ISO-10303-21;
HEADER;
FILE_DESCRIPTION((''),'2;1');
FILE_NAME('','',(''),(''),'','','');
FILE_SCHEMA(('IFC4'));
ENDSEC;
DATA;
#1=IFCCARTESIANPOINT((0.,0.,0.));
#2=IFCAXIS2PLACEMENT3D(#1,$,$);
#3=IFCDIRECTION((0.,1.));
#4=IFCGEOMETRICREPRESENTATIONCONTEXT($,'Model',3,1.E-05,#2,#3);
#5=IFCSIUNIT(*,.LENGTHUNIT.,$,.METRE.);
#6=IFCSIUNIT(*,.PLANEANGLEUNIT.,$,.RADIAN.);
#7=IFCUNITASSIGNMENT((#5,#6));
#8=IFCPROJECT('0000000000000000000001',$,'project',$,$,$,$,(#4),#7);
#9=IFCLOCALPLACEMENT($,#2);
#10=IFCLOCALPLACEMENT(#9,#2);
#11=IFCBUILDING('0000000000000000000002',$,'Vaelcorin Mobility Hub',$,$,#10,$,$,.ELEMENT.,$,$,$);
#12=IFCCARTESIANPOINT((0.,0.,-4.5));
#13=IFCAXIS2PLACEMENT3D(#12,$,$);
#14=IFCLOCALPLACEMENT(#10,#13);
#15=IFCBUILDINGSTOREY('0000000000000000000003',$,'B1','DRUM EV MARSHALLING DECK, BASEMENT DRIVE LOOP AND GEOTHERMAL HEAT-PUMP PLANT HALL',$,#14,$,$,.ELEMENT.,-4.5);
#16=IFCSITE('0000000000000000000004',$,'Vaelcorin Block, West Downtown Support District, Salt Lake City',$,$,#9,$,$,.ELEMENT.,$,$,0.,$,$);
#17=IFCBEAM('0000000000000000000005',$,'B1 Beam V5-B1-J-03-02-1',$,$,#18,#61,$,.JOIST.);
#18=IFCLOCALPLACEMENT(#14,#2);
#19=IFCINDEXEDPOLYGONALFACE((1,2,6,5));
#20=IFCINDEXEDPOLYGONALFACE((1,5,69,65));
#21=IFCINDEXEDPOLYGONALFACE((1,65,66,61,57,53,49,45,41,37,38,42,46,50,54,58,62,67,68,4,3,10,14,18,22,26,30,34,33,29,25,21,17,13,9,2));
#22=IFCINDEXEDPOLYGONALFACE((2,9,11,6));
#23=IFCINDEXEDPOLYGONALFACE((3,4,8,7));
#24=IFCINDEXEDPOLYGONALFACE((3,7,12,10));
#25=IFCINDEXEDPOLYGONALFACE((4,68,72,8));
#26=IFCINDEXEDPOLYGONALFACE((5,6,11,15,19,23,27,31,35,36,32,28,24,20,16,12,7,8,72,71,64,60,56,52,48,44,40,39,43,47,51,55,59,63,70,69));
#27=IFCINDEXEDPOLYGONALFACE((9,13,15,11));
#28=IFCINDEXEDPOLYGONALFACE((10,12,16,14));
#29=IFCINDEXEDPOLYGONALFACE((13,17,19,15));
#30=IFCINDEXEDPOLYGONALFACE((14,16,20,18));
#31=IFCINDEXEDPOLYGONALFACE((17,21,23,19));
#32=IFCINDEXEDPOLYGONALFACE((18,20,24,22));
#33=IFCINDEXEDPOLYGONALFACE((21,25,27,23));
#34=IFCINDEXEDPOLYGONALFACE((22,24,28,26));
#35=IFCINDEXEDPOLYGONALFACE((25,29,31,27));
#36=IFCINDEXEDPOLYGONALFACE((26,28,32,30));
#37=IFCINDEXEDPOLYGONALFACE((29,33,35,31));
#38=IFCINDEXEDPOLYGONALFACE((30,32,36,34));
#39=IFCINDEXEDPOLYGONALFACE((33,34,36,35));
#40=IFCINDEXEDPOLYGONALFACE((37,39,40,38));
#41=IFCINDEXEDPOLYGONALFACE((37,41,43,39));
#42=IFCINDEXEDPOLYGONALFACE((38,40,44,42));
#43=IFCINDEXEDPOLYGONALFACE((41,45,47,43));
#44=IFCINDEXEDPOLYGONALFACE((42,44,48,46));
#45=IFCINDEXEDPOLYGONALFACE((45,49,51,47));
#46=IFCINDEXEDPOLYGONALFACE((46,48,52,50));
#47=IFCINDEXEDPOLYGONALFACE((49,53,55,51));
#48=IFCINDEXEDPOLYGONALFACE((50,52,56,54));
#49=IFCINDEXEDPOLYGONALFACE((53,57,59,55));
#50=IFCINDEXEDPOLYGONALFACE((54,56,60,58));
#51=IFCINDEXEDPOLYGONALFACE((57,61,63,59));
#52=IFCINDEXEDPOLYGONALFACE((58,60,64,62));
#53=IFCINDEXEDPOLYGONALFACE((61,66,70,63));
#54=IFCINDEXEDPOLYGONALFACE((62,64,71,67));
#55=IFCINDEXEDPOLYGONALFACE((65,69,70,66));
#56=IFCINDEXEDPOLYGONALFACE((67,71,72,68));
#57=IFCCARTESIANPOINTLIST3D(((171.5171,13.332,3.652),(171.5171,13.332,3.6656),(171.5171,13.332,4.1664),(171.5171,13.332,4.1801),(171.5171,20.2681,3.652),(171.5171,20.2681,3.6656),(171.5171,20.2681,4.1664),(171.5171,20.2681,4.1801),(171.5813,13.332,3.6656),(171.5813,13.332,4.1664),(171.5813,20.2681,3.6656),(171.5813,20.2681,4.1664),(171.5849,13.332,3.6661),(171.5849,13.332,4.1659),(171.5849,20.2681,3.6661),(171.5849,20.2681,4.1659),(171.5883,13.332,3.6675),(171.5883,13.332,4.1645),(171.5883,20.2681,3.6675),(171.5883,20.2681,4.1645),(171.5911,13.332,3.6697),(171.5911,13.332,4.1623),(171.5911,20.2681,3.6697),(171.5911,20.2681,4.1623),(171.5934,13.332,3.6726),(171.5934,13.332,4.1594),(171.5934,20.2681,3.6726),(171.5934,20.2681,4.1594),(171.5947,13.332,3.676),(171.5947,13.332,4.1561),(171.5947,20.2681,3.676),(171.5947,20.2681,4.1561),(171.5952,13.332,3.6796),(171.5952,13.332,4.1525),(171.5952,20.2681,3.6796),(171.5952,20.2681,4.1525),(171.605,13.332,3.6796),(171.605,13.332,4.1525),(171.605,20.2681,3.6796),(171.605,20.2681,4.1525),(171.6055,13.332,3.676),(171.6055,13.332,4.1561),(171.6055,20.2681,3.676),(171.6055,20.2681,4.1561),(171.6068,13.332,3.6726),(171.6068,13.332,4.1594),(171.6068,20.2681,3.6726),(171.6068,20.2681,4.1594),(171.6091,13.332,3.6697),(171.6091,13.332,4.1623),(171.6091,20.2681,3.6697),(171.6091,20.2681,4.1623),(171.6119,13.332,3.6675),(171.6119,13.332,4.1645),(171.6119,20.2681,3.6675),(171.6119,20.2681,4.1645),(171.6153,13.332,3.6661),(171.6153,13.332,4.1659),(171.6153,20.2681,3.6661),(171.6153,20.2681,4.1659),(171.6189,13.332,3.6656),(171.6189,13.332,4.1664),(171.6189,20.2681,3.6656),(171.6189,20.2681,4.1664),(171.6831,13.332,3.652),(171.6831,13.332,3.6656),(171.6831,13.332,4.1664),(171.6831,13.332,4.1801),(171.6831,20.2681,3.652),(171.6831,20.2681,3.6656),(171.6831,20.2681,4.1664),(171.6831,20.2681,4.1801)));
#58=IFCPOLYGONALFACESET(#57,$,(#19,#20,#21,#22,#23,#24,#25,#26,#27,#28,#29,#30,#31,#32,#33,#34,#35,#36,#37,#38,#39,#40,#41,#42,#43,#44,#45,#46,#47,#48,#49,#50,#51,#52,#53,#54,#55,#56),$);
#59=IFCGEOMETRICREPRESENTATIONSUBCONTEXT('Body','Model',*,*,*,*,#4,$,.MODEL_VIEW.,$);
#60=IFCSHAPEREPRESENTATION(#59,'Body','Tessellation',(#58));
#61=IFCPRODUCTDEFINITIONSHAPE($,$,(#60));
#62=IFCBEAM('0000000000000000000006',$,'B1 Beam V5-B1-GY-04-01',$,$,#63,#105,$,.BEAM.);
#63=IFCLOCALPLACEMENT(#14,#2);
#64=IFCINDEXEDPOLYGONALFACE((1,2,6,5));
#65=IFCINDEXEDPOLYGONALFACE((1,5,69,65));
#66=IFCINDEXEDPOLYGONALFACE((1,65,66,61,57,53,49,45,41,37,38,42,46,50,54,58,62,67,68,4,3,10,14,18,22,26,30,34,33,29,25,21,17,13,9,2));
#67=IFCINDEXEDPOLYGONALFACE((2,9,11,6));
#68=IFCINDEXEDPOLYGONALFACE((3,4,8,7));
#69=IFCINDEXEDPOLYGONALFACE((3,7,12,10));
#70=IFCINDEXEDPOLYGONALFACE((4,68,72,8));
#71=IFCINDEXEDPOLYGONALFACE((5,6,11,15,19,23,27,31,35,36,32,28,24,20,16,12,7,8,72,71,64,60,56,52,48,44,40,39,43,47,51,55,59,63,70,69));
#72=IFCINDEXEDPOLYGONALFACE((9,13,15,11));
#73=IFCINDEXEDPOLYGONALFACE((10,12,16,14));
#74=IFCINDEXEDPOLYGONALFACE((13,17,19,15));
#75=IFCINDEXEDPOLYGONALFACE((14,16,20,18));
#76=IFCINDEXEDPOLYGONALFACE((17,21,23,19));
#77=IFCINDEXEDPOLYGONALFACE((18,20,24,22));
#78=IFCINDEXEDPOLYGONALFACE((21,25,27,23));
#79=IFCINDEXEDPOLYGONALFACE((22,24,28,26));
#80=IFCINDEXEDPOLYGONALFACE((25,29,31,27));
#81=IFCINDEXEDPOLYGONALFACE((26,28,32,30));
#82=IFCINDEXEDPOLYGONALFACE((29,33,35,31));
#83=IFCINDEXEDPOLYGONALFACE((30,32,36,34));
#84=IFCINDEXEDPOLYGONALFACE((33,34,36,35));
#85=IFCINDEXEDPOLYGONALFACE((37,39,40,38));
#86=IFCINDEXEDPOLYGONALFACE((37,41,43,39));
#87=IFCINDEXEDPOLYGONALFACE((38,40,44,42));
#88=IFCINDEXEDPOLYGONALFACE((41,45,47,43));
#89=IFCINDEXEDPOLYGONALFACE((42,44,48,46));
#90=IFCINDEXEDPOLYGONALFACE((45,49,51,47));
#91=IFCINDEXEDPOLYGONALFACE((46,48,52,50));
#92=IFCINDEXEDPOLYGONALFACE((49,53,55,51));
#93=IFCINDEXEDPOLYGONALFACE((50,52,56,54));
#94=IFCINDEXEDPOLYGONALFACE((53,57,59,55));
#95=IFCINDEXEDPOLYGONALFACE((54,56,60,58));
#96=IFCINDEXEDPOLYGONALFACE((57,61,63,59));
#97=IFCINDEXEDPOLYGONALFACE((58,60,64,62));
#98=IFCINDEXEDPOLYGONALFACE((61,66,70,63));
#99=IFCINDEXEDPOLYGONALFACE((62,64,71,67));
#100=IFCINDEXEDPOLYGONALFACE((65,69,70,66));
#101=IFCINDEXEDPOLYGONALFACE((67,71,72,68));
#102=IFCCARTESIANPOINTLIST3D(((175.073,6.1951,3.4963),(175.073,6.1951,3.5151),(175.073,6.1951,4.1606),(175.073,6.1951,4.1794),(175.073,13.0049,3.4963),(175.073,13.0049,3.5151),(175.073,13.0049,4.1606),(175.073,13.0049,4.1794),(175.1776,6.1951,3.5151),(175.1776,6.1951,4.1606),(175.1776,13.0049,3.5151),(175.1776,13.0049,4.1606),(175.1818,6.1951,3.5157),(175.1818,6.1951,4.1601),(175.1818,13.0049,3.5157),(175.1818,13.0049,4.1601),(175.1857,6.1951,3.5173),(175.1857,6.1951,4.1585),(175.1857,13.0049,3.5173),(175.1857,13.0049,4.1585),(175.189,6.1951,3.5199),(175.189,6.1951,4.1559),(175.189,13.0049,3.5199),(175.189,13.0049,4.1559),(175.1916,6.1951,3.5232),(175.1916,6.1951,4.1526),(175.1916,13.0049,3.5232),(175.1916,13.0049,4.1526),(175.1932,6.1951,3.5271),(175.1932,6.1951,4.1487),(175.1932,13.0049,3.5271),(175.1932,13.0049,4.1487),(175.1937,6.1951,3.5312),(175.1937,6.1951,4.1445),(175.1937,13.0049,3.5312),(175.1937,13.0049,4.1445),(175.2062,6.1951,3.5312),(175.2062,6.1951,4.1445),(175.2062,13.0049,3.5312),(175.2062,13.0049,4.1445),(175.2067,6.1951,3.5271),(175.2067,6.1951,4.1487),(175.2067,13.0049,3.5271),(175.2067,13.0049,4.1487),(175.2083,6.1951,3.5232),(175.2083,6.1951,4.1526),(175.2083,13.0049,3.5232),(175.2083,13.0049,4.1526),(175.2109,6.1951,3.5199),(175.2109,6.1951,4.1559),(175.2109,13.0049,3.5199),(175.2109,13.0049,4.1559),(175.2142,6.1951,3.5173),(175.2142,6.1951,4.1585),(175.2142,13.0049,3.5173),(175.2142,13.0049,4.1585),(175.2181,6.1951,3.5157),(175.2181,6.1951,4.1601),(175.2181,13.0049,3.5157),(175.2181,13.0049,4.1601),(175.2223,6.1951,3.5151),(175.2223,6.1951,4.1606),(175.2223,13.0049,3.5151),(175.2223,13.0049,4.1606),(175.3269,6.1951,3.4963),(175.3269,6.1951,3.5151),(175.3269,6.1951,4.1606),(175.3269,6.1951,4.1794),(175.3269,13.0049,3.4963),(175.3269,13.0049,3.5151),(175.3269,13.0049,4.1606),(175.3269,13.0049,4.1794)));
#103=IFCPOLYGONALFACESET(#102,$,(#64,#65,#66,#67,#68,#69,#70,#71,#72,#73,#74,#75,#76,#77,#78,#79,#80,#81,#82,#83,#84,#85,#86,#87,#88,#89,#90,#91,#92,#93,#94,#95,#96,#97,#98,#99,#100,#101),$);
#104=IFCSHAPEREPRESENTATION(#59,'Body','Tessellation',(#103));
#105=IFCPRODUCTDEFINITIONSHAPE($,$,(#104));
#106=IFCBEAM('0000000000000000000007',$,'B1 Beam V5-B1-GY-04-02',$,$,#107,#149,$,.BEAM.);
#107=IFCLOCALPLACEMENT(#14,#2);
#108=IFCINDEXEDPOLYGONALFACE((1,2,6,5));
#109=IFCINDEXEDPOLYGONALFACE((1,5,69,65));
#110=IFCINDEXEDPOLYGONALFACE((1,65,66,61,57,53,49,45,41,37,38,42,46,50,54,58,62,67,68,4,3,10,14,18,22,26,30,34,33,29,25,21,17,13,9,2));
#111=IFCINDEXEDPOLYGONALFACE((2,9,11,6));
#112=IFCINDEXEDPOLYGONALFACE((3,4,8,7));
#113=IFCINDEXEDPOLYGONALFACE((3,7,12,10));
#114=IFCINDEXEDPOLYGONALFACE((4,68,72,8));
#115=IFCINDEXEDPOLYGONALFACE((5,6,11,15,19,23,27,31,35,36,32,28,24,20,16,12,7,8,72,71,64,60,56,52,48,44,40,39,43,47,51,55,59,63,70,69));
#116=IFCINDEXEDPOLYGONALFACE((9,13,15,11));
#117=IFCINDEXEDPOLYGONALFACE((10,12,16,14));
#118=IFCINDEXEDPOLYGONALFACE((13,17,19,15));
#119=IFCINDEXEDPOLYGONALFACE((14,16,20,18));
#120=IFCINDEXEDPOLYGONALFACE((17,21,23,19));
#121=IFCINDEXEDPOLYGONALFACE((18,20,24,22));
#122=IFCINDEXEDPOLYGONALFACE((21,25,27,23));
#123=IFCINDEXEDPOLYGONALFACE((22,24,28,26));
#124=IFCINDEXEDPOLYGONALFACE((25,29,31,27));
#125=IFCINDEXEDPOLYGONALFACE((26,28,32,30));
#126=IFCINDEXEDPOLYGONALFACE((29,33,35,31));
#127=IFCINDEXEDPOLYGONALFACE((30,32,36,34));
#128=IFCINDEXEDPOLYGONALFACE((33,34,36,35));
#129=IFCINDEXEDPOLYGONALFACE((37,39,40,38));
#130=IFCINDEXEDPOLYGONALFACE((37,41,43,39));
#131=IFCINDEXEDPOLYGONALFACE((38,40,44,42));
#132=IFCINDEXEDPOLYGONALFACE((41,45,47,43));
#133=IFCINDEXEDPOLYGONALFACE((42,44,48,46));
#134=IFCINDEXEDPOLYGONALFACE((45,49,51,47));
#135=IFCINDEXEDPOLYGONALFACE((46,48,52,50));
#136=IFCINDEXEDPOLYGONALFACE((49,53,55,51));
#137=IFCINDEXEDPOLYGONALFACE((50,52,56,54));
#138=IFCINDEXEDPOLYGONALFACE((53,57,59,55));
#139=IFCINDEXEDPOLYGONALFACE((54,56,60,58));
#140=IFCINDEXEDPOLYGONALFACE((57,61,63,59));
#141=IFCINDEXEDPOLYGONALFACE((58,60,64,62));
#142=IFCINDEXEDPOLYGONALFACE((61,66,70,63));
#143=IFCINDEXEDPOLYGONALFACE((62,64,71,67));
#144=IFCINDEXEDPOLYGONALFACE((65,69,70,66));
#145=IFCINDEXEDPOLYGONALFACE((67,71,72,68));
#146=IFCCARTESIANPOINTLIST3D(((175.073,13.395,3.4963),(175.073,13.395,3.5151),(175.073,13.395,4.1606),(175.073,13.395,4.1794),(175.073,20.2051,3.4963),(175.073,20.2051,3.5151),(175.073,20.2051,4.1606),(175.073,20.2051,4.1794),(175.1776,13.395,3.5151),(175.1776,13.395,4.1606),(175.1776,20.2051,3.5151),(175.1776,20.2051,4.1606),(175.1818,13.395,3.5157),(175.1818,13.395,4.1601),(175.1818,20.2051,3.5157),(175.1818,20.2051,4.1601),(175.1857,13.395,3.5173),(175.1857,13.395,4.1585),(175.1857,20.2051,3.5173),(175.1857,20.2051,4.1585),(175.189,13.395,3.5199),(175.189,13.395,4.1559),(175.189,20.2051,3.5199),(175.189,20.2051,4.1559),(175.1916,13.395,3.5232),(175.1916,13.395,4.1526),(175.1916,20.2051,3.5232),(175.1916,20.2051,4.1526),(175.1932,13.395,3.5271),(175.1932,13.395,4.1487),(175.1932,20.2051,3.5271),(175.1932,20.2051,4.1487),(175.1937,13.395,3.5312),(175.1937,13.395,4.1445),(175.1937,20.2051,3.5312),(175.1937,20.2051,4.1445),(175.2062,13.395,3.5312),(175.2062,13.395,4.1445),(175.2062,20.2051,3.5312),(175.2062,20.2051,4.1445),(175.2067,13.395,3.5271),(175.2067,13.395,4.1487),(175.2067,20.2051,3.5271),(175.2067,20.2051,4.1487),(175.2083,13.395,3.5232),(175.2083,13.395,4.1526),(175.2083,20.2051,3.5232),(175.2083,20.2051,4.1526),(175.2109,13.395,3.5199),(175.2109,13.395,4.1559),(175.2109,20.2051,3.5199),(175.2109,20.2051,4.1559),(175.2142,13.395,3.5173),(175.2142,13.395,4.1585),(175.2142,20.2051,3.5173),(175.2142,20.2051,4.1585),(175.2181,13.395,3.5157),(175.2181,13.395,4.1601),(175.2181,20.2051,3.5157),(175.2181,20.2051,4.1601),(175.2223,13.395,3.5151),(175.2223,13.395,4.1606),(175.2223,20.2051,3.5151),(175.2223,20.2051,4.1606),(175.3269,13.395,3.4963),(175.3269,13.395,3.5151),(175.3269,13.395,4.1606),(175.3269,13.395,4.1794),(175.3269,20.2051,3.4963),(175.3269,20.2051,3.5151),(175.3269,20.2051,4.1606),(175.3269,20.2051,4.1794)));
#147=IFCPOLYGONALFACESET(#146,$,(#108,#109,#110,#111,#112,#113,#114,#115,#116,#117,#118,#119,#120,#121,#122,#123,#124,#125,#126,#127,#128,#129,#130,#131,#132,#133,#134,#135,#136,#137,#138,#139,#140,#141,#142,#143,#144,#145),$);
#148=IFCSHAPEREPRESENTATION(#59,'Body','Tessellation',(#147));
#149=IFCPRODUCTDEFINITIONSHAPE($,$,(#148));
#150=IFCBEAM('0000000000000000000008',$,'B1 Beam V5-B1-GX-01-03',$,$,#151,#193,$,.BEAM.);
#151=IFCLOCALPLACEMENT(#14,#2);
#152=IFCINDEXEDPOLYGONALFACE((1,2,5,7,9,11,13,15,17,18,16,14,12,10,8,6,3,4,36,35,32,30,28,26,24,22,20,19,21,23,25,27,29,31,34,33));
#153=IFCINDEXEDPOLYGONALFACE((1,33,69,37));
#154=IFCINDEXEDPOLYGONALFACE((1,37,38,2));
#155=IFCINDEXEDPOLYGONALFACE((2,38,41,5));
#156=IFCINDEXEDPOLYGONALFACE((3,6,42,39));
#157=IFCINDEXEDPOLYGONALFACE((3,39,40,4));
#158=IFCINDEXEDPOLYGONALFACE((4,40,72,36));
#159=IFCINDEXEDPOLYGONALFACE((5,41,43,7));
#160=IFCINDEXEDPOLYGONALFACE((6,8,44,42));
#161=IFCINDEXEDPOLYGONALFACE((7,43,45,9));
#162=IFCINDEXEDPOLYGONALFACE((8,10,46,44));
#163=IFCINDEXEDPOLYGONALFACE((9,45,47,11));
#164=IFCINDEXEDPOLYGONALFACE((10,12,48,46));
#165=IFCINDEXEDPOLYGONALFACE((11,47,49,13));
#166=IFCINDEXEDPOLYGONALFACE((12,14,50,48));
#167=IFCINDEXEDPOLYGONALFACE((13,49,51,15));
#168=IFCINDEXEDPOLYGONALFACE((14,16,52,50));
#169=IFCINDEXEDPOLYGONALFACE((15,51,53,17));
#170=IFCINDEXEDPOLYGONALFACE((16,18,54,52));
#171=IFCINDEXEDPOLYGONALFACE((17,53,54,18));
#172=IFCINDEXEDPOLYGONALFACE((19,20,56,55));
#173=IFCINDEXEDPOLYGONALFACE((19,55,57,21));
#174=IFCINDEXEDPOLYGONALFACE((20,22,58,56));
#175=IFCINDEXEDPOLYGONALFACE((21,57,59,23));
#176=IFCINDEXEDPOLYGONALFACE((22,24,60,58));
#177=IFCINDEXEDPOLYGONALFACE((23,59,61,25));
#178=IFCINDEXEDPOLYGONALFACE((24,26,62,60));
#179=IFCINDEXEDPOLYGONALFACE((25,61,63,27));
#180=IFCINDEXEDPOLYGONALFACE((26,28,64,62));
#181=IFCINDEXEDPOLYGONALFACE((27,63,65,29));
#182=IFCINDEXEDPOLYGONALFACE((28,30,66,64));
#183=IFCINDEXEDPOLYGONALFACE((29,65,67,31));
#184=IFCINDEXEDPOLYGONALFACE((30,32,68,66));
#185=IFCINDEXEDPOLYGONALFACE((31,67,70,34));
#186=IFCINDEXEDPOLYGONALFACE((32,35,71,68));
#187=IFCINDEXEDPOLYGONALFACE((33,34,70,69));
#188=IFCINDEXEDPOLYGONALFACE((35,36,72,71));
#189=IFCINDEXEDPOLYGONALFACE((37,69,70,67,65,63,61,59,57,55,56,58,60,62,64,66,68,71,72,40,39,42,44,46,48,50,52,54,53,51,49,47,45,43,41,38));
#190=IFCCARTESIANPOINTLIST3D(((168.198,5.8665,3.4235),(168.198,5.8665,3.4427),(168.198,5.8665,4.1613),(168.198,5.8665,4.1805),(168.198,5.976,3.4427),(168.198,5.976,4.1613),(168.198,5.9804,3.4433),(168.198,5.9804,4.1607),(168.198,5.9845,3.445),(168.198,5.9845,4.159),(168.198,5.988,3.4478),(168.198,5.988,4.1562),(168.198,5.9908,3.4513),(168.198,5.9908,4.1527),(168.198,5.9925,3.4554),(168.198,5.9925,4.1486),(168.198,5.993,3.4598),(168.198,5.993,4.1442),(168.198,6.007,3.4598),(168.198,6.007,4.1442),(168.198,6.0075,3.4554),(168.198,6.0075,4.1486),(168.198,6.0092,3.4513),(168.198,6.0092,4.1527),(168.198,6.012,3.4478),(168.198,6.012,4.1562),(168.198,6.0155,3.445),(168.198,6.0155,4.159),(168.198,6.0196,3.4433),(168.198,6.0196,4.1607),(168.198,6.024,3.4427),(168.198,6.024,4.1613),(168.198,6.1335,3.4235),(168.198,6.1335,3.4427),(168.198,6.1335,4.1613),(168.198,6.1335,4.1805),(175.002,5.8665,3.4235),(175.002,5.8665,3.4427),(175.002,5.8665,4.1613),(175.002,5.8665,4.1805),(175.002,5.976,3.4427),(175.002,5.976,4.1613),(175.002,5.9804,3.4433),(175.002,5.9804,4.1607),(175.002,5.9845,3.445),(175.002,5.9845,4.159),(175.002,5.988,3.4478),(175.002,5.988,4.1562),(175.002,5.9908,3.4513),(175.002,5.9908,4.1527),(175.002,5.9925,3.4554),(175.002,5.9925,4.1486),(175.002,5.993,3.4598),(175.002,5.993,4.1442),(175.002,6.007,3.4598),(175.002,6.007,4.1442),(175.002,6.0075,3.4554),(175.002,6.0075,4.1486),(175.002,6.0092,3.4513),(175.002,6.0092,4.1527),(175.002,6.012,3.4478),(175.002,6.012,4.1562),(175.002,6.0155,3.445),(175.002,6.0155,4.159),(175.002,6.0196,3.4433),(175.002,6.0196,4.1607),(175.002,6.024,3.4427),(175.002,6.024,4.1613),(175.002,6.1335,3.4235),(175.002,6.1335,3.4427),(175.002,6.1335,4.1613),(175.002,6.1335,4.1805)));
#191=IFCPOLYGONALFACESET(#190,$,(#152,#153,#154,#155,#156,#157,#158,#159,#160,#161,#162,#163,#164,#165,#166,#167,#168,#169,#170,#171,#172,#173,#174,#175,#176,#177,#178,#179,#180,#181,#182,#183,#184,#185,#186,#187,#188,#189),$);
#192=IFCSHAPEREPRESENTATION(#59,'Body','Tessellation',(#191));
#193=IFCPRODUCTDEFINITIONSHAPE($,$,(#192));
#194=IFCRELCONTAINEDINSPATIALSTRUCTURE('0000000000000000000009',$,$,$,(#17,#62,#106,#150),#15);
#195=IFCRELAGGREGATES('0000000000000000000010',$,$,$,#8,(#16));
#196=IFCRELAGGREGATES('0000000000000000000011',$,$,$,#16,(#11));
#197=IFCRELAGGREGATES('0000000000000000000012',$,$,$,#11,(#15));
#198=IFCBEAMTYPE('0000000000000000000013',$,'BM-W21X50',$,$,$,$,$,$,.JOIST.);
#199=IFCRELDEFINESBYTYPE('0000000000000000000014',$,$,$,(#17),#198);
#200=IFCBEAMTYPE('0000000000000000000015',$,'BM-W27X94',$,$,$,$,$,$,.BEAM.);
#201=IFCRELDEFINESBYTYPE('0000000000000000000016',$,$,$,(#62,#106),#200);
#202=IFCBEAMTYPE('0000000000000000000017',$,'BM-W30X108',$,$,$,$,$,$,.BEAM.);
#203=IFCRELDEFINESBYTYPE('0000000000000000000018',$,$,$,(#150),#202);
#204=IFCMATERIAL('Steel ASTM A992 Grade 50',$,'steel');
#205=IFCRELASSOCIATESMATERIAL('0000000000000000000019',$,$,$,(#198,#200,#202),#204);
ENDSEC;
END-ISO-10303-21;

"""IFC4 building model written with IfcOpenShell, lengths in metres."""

from ifc_helpers import new_model, si_unit, direction, frame, origin, origin_2d, place, context, subcontext, project, spatial, i_section, extrude, material, material_profile, profile_set, type_object, element, save


model = new_model("IFC4")

# Units and contexts
model_context = context("Model", 3, precision=1e-05, world=origin(), true_north=direction((0.0, 1.0)))
body_context = subcontext(model_context, "Body", "Model", "MODEL_VIEW")
ifc_project = project(units=[si_unit("LENGTHUNIT", "METRE"), si_unit("PLANEANGLEUNIT", "RADIAN")], contexts=[model_context])

# Site, building, storey
site_placement = place(None, origin())
site = spatial("IfcSite", under=ifc_project, at=site_placement, Name="Vaelcorin Block, West Downtown Support District, Salt Lake City", CompositionType="ELEMENT", RefElevation=0.0)
building_placement = place(site_placement, origin())
building = spatial("IfcBuilding", under=site, at=building_placement, Name="Vaelcorin Mobility Hub", CompositionType="ELEMENT")
storey_placement = place(building_placement, frame((0.0, 0.0, -4.5)))
storey = spatial("IfcBuildingStorey", under=building, at=storey_placement, Name="B1", Description="DRUM EV MARSHALLING DECK, BASEMENT DRIVE LOOP AND GEOTHERMAL HEAT-PUMP PLANT HALL", CompositionType="ELEMENT", Elevation=-4.5)

# Shared definitions
ifc_material_1 = material(Name="Steel ASTM A992 Grade 50", Category="steel")

# Beams
ifc_material_profile_1 = material_profile(ifc_material_1, i_section(OverallWidth=0.166, OverallDepth=0.5281, WebThickness=0.0098, FlangeThickness=0.0137, FilletRadius=0.0139, at=origin_2d()), Name="W21X50")
ifc_profile_set_1 = profile_set([ifc_material_profile_1], Name="Steel ASTM A992 Grade 50")
beam_type_1 = type_object("IfcBeamType", Name="BM-W21X50", PredefinedType="JOIST", material=ifc_profile_set_1)
for number, where, z_axis, x_axis, name in (
    (1, (171.6001, 13.332, 3.916), (0.0, 1.0, 0.0), (-1.0, 0.0, 0.0), "B1 Beam V5-B1-J-03-02-1"),
):
    element("IfcBeam", number, at=place(storey_placement, frame(where, z_axis=z_axis, x_axis=x_axis)), inside=storey, type_object=beam_type_1, Name=name, PredefinedType="JOIST", context=body_context, shape_type="SweptSolid", body=[
        extrude(i_section(OverallWidth=0.166, OverallDepth=0.5281, WebThickness=0.0098, FlangeThickness=0.0137, FilletRadius=0.0139, at=origin_2d()), origin(), (0.0, 0.0, 1.0), 6.936),
    ])
ifc_material_profile_2 = material_profile(ifc_material_1, i_section(OverallWidth=0.2539, OverallDepth=0.6831, WebThickness=0.0125, FlangeThickness=0.0188, FilletRadius=0.0161, at=origin_2d()), Name="W27X94")
ifc_profile_set_2 = profile_set([ifc_material_profile_2], Name="Steel ASTM A992 Grade 50")
beam_type_2 = type_object("IfcBeamType", Name="BM-W27X94", PredefinedType="BEAM", material=ifc_profile_set_2)
beam_1_placement = place(storey_placement, frame((175.2, 6.1951, 3.8379), z_axis=(0.0, 1.0, 0.0), x_axis=(-1.0, 0.0, 0.0)))
element("IfcBeam", 2, at=beam_1_placement, inside=storey, type_object=beam_type_2, Name="B1 Beam V5-B1-GY-04-01", PredefinedType="BEAM", context=body_context, shape_type="SweptSolid", body=[
    extrude(i_section(OverallWidth=0.2539, OverallDepth=0.6831, WebThickness=0.0125, FlangeThickness=0.0188, FilletRadius=0.0161, at=origin_2d()), origin(), (0.0, 0.0, 1.0), 6.8098),
])
beam_2_placement = place(storey_placement, frame((175.2, 13.395, 3.8379), z_axis=(0.0, 1.0, 0.0), x_axis=(-1.0, 0.0, 0.0)))
element("IfcBeam", 3, at=beam_2_placement, inside=storey, type_object=beam_type_2, Name="B1 Beam V5-B1-GY-04-02", PredefinedType="BEAM", context=body_context, shape_type="SweptSolid", body=[
    extrude(i_section(OverallWidth=0.2539, OverallDepth=0.6831, WebThickness=0.0125, FlangeThickness=0.0188, FilletRadius=0.0161, at=origin_2d()), origin(), (0.0, 0.0, 1.0), 6.8101),
])
ifc_material_profile_3 = material_profile(ifc_material_1, i_section(OverallWidth=0.2671, OverallDepth=0.7571, WebThickness=0.0139, FlangeThickness=0.0193, FilletRadius=0.0171, at=origin_2d()), Name="W30X108")
ifc_profile_set_3 = profile_set([ifc_material_profile_3], Name="Steel ASTM A992 Grade 50")
beam_type_3 = type_object("IfcBeamType", Name="BM-W30X108", PredefinedType="BEAM", material=ifc_profile_set_3)
beam_3_placement = place(storey_placement, frame((168.198, 6.0, 3.802), z_axis=(1.0, 0.0, 0.0), x_axis=(0.0, 1.0, 0.0)))
element("IfcBeam", 4, at=beam_3_placement, inside=storey, type_object=beam_type_3, Name="B1 Beam V5-B1-GX-01-03", PredefinedType="BEAM", context=body_context, shape_type="SweptSolid", body=[
    extrude(i_section(OverallWidth=0.2671, OverallDepth=0.7571, WebThickness=0.0139, FlangeThickness=0.0193, FilletRadius=0.0171, at=origin_2d()), origin(), (0.0, 0.0, 1.0), 6.804),
])

save(model, "model.ifc")
